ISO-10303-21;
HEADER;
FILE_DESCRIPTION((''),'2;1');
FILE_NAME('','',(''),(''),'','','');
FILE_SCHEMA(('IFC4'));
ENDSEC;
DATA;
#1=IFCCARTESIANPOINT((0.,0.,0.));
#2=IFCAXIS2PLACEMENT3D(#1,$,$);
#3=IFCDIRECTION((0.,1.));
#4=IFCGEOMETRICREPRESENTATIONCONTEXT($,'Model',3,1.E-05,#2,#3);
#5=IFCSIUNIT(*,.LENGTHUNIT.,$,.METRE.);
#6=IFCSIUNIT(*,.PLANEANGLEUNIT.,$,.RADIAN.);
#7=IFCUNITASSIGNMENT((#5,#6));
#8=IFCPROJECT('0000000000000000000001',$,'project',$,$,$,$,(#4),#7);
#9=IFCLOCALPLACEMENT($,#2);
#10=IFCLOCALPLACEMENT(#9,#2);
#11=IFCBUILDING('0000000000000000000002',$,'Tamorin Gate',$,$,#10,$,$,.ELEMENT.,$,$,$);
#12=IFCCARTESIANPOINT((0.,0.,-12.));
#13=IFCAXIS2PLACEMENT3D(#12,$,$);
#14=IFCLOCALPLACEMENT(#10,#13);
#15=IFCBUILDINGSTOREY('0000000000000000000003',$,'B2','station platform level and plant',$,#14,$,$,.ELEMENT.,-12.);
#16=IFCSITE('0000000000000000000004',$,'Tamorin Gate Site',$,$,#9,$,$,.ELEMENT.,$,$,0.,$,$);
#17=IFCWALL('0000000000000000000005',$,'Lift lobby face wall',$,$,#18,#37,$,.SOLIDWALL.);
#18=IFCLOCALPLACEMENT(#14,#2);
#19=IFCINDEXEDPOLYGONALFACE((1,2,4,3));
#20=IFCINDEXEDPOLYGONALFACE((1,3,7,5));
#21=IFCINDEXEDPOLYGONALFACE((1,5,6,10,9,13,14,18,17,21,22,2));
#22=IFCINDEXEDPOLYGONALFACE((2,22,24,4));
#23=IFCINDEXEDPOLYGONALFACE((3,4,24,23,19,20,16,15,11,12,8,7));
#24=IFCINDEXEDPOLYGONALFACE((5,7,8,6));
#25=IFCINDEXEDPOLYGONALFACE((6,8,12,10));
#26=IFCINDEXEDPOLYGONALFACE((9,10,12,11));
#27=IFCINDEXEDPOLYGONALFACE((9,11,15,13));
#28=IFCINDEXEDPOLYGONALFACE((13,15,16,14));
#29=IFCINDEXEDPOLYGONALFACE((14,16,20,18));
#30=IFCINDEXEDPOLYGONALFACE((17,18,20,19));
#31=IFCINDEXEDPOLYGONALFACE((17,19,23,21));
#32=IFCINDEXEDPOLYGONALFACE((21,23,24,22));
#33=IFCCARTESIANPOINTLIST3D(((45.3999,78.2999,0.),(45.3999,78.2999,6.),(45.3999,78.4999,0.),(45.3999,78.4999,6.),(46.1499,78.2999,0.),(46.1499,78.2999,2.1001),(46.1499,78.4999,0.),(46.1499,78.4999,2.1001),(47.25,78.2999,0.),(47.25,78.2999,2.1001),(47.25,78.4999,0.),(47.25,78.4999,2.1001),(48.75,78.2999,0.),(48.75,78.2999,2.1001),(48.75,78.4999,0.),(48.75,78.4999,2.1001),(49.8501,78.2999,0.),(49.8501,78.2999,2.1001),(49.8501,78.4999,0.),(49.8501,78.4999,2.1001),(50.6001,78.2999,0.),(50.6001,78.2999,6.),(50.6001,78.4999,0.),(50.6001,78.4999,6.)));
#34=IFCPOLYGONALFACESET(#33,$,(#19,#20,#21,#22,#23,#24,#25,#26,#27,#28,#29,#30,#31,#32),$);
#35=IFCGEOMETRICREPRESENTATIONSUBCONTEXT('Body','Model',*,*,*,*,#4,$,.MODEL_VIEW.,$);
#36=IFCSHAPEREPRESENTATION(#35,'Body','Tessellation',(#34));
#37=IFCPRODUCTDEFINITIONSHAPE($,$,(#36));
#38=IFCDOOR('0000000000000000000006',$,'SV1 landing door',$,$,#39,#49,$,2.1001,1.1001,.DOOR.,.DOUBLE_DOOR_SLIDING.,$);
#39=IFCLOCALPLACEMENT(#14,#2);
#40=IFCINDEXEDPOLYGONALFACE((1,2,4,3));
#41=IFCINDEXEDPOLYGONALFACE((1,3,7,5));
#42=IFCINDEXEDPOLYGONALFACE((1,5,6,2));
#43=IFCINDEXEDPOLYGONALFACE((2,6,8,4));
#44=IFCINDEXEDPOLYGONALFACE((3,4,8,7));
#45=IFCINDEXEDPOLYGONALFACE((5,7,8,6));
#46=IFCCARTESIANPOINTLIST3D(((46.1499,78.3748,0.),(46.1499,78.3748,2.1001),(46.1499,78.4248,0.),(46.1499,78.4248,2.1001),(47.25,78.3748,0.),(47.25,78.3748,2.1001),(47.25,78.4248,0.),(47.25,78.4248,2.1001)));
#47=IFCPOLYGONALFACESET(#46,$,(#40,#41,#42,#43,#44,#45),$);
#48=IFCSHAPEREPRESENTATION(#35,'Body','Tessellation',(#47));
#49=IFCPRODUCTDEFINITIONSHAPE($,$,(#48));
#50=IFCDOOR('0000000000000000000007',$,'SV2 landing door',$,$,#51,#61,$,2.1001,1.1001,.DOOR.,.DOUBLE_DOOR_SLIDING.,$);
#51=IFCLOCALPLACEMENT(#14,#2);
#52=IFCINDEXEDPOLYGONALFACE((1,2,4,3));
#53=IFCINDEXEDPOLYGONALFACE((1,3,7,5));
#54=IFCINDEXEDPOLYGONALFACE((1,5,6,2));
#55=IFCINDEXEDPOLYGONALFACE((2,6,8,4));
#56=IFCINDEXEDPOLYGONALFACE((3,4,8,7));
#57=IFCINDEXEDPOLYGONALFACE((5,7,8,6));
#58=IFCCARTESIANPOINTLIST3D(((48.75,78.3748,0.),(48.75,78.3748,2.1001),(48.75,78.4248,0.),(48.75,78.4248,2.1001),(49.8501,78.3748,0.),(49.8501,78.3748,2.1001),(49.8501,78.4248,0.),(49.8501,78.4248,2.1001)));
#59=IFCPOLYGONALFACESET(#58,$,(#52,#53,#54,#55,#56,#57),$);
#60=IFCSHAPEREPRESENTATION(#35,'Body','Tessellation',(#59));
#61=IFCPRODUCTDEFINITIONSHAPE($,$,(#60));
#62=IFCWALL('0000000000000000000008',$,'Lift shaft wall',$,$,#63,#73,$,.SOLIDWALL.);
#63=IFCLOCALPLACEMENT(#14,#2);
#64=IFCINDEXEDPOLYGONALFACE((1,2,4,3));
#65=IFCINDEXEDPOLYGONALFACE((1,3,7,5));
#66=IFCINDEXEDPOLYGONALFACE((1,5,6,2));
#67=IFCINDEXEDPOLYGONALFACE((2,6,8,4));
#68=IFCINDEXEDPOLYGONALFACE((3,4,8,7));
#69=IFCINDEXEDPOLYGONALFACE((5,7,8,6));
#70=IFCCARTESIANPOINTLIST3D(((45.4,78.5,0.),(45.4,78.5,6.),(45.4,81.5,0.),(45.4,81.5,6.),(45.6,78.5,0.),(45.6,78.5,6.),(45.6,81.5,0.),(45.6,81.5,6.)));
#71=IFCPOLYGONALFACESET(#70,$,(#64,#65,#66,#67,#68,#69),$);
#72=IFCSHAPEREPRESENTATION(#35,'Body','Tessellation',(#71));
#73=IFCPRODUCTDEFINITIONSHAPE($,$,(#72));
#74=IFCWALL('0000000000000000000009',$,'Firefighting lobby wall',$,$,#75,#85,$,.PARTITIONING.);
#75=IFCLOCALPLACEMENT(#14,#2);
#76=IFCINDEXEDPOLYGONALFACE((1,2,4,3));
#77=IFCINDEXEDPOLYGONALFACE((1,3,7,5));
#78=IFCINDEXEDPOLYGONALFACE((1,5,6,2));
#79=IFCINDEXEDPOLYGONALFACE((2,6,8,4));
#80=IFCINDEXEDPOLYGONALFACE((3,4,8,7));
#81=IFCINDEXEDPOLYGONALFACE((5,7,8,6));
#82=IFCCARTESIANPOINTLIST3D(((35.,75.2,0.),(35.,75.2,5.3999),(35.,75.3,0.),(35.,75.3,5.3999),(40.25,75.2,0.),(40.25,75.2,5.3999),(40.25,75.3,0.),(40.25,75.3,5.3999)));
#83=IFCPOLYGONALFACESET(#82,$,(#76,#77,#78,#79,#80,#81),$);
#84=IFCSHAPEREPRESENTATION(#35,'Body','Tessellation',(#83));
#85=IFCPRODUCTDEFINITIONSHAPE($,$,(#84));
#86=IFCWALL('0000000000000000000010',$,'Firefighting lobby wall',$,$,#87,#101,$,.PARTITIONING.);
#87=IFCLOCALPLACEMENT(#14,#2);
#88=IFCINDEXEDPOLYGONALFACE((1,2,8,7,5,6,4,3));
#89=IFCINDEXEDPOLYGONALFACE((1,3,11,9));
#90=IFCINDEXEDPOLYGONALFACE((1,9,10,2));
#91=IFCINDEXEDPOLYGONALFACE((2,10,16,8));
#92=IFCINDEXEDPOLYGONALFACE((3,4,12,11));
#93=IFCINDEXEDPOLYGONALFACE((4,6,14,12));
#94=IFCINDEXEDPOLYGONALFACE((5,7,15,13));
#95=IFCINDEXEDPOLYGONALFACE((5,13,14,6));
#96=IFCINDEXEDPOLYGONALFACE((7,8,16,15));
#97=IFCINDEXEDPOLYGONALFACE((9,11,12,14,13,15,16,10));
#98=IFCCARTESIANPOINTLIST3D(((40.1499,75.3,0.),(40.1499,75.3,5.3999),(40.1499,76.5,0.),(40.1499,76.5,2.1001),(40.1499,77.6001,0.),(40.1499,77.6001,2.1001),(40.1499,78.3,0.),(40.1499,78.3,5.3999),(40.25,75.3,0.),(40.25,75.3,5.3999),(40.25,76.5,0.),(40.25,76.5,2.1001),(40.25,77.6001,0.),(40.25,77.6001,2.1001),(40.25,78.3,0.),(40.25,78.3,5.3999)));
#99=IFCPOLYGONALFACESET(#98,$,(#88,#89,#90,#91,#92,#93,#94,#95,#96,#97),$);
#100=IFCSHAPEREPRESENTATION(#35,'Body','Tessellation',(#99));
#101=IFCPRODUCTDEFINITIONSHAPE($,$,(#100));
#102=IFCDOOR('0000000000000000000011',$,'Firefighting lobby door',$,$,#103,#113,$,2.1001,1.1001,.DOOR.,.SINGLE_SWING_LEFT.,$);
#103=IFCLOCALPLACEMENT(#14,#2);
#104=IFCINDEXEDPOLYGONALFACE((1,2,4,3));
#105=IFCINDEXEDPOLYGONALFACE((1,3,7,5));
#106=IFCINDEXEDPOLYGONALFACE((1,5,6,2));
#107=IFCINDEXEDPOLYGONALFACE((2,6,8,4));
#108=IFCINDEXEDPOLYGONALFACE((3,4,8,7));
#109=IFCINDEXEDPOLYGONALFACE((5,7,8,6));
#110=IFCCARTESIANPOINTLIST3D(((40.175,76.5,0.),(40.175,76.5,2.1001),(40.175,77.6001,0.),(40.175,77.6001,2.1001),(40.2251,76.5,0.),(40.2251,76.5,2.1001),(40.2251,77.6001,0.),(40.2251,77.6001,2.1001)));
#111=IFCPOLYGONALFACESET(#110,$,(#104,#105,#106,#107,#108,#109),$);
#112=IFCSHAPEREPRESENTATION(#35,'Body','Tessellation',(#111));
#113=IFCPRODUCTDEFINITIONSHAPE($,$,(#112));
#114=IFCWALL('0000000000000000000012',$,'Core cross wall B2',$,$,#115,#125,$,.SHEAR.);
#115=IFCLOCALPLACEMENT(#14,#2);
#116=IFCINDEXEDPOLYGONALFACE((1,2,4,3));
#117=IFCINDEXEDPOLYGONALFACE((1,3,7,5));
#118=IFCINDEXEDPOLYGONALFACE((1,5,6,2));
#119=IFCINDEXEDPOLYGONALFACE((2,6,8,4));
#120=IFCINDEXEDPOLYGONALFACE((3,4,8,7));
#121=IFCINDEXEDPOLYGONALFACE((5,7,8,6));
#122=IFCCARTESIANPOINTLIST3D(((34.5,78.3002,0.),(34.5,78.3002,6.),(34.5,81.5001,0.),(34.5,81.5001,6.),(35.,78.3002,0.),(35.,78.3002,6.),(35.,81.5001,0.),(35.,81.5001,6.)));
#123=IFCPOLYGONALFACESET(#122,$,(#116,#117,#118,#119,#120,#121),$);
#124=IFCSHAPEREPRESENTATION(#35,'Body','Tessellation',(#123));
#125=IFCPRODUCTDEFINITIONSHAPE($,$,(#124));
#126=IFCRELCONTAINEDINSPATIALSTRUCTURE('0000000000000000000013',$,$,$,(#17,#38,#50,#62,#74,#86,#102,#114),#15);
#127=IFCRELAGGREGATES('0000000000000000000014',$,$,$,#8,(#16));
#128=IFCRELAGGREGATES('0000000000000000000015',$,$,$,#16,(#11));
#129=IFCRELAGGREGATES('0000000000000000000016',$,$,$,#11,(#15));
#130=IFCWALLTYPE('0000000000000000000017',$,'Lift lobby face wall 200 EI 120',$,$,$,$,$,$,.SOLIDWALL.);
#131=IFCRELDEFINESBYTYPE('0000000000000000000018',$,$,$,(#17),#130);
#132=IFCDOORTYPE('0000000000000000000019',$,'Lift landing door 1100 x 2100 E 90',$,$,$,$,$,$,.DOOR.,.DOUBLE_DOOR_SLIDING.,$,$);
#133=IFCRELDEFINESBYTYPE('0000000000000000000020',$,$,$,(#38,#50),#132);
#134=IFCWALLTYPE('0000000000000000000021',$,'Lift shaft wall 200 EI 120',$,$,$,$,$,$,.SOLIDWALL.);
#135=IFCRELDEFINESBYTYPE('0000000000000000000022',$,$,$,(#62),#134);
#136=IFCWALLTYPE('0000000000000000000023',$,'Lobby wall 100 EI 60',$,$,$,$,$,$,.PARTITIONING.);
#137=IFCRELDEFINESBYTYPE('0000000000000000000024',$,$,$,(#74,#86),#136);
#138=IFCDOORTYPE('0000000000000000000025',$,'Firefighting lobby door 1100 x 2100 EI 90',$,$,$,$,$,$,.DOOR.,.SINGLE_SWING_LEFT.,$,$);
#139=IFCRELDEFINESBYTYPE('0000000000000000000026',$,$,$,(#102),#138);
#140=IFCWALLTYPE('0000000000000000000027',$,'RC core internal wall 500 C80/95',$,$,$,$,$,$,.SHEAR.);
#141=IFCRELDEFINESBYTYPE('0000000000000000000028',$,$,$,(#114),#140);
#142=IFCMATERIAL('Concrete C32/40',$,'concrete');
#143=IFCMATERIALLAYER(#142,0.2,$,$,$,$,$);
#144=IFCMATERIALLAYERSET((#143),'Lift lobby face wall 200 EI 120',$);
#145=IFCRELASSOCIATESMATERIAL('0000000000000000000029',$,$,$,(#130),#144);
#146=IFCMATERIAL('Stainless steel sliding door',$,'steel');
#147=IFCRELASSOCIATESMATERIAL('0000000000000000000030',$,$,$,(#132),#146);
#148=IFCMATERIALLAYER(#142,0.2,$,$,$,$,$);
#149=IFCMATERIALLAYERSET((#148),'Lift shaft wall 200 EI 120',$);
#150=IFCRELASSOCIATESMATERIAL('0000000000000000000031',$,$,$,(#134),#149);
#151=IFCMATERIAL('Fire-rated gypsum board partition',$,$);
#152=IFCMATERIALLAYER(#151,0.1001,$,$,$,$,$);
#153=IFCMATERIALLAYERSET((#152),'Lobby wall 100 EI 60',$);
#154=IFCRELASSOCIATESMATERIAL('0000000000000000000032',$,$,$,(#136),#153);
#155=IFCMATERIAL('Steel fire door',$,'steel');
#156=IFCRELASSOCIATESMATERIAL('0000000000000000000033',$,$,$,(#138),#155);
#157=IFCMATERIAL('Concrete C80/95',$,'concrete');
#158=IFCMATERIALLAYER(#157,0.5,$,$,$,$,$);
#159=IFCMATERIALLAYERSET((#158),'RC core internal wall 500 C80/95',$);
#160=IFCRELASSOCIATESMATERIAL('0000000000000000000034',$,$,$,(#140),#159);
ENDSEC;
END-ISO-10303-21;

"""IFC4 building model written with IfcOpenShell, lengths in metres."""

from ifc_helpers import new_model, si_unit, direction, frame, frame_2d, origin, place, context, subcontext, project, spatial, rectangle, extrude, material, layer, layer_set, type_object, element, fill, save


model = new_model("IFC4")

# Units and contexts
model_context = context("Model", 3, precision=1e-05, world=origin(), true_north=direction((0.0, 1.0)))
body_context = subcontext(model_context, "Body", "Model", "MODEL_VIEW")
ifc_project = project(units=[si_unit("LENGTHUNIT", "METRE"), si_unit("PLANEANGLEUNIT", "RADIAN")], contexts=[model_context])

# Site, building, storey
site_placement = place(None, origin())
site = spatial("IfcSite", under=ifc_project, at=site_placement, Name="Tamorin Gate Site", CompositionType="ELEMENT", RefElevation=0.0)
building_placement = place(site_placement, origin())
building = spatial("IfcBuilding", under=site, at=building_placement, Name="Tamorin Gate", CompositionType="ELEMENT")
storey_placement = place(building_placement, frame((0.0, 0.0, -12.0)))
storey = spatial("IfcBuildingStorey", under=building, at=storey_placement, Name="B2", Description="station platform level and plant", CompositionType="ELEMENT", Elevation=-12.0)

# Shared definitions
ifc_material_1 = material(Name="Concrete C80/95", Category="concrete")

# Wall, openings, doors
ifc_material_2 = material(Name="Concrete C32/40", Category="concrete")
ifc_layer_1 = layer(ifc_material_2, 0.2)
ifc_layer_set_1 = layer_set([ifc_layer_1], Name="Lift lobby face wall 200 EI 120")
wall_type_1 = type_object("IfcWallType", Name="Lift lobby face wall 200 EI 120", PredefinedType="SOLIDWALL", material=ifc_layer_set_1)
wall_1_placement = place(storey_placement, frame((45.3999, 78.3999, 0.0), z_axis=(0.0, 0.0, 1.0), x_axis=(1.0, 0.0, 0.0)))
wall_1 = element("IfcWall", 1, at=wall_1_placement, inside=storey, type_object=wall_type_1, Name="Lift lobby face wall", PredefinedType="SOLIDWALL", context=body_context, shape_type="SweptSolid", body=[
    extrude(rectangle(XDim=5.2002, YDim=0.2, at=frame_2d((2.6001, 0.0))), origin(), (0.0, 0.0, 1.0), 6.0),
])
opening_1_placement = place(wall_1_placement, frame((0.75, 0.0, 0.0)))
opening_1 = element("IfcOpeningElement", 2, at=opening_1_placement, cuts=wall_1, PredefinedType="OPENING", context=body_context, shape_type="SweptSolid", body=[
    extrude(rectangle(XDim=1.1001, YDim=2.1001, at=frame_2d((0.55, 1.05))), frame((0.0, 0.1099, 0.0), z_axis=(0.0, -1.0, 0.0), x_axis=(1.0, 0.0, 0.0)), (0.0, 0.0, 1.0), 0.22),
])
opening_2_placement = place(wall_1_placement, frame((3.3501, 0.0, 0.0)))
opening_2 = element("IfcOpeningElement", 3, at=opening_2_placement, cuts=wall_1, PredefinedType="OPENING", context=body_context, shape_type="SweptSolid", body=[
    extrude(rectangle(XDim=1.1001, YDim=2.1001, at=frame_2d((0.55, 1.05))), frame((0.0, 0.1099, 0.0), z_axis=(0.0, -1.0, 0.0), x_axis=(1.0, 0.0, 0.0)), (0.0, 0.0, 1.0), 0.22),
])
ifc_material_3 = material(Name="Stainless steel sliding door", Category="steel")
door_type_1 = type_object("IfcDoorType", Name="Lift landing door 1100 x 2100 E 90", OperationType="DOUBLE_DOOR_SLIDING", PredefinedType="DOOR", material=ifc_material_3)
door_1_placement = place(opening_1_placement, origin())
door_1 = element("IfcDoor", 4, at=door_1_placement, inside=storey, type_object=door_type_1, Name="SV1 landing door", OperationType="DOUBLE_DOOR_SLIDING", OverallHeight=2.1001, OverallWidth=1.1001, PredefinedType="DOOR", context=body_context, shape_type="SweptSolid", body=[
    extrude(rectangle(XDim=1.1001, YDim=2.1001, at=frame_2d((0.55, 1.05))), frame((0.0, 0.0249, 0.0), z_axis=(0.0, -1.0, 0.0), x_axis=(1.0, 0.0, 0.0)), (0.0, 0.0, 1.0), 0.05),
])
fill(opening_1, door_1)
door_2_placement = place(opening_2_placement, origin())
door_2 = element("IfcDoor", 5, at=door_2_placement, inside=storey, type_object=door_type_1, Name="SV2 landing door", OperationType="DOUBLE_DOOR_SLIDING", OverallHeight=2.1001, OverallWidth=1.1001, PredefinedType="DOOR", context=body_context, shape_type="SweptSolid", body=[
    extrude(rectangle(XDim=1.1001, YDim=2.1001, at=frame_2d((0.55, 1.05))), frame((0.0, 0.0249, 0.0), z_axis=(0.0, -1.0, 0.0), x_axis=(1.0, 0.0, 0.0)), (0.0, 0.0, 1.0), 0.05),
])
fill(opening_2, door_2)

# Walls
ifc_layer_2 = layer(ifc_material_2, 0.2)
ifc_layer_set_2 = layer_set([ifc_layer_2], Name="Lift shaft wall 200 EI 120")
wall_type_2 = type_object("IfcWallType", Name="Lift shaft wall 200 EI 120", PredefinedType="SOLIDWALL", material=ifc_layer_set_2)
wall_2_placement = place(storey_placement, frame((45.5, 78.5, 0.0), z_axis=(0.0, 0.0, 1.0), x_axis=(0.0, 1.0, 0.0)))
element("IfcWall", 6, at=wall_2_placement, inside=storey, type_object=wall_type_2, Name="Lift shaft wall", PredefinedType="SOLIDWALL", context=body_context, shape_type="SweptSolid", body=[
    extrude(rectangle(XDim=3.0, YDim=0.2, at=frame_2d((1.5, 0.0))), origin(), (0.0, 0.0, 1.0), 6.0),
])
ifc_material_4 = material(Name="Fire-rated gypsum board partition")
ifc_layer_3 = layer(ifc_material_4, 0.1001)
ifc_layer_set_3 = layer_set([ifc_layer_3], Name="Lobby wall 100 EI 60")
wall_type_3 = type_object("IfcWallType", Name="Lobby wall 100 EI 60", PredefinedType="PARTITIONING", material=ifc_layer_set_3)
wall_3_placement = place(storey_placement, frame((35.0, 75.25, 0.0), z_axis=(0.0, 0.0, 1.0), x_axis=(1.0, 0.0, 0.0)))
element("IfcWall", 7, at=wall_3_placement, inside=storey, type_object=wall_type_3, Name="Firefighting lobby wall", PredefinedType="PARTITIONING", context=body_context, shape_type="SweptSolid", body=[
    extrude(rectangle(XDim=5.25, YDim=0.1001, at=frame_2d((2.625, 0.0))), origin(), (0.0, 0.0, 1.0), 5.3999),
])

# Wall, opening, door
wall_4_placement = place(storey_placement, frame((40.2, 75.3, 0.0), z_axis=(0.0, 0.0, 1.0), x_axis=(0.0, 1.0, 0.0)))
wall_4 = element("IfcWall", 8, at=wall_4_placement, inside=storey, type_object=wall_type_3, Name="Firefighting lobby wall", PredefinedType="PARTITIONING", context=body_context, shape_type="SweptSolid", body=[
    extrude(rectangle(XDim=3.0, YDim=0.1001, at=frame_2d((1.5, 0.0))), origin(), (0.0, 0.0, 1.0), 5.3999),
])
opening_3_placement = place(wall_4_placement, frame((1.2, 0.0, 0.0)))
opening_3 = element("IfcOpeningElement", 9, at=opening_3_placement, cuts=wall_4, PredefinedType="OPENING", context=body_context, shape_type="SweptSolid", body=[
    extrude(rectangle(XDim=1.1001, YDim=2.1001, at=frame_2d((0.55, 1.05))), frame((0.0, 0.0601, 0.0), z_axis=(0.0, -1.0, 0.0), x_axis=(1.0, 0.0, 0.0)), (0.0, 0.0, 1.0), 0.1201),
])
ifc_material_5 = material(Name="Steel fire door", Category="steel")
door_type_2 = type_object("IfcDoorType", Name="Firefighting lobby door 1100 x 2100 EI 90", OperationType="SINGLE_SWING_LEFT", PredefinedType="DOOR", material=ifc_material_5)
door_3_placement = place(opening_3_placement, origin())
door_3 = element("IfcDoor", 10, at=door_3_placement, inside=storey, type_object=door_type_2, Name="Firefighting lobby door", OperationType="SINGLE_SWING_LEFT", OverallHeight=2.1001, OverallWidth=1.1001, PredefinedType="DOOR", context=body_context, shape_type="SweptSolid", body=[
    extrude(rectangle(XDim=1.1001, YDim=2.1001, at=frame_2d((0.55, 1.05))), frame((0.0, 0.0249, 0.0), z_axis=(0.0, -1.0, 0.0), x_axis=(1.0, 0.0, 0.0)), (0.0, 0.0, 1.0), 0.05),
])
fill(opening_3, door_3)

# Wall
ifc_layer_4 = layer(ifc_material_1, 0.5)
ifc_layer_set_4 = layer_set([ifc_layer_4], Name="RC core internal wall 500 C80/95")
wall_type_4 = type_object("IfcWallType", Name="RC core internal wall 500 C80/95", PredefinedType="SHEAR", material=ifc_layer_set_4)
wall_5_placement = place(storey_placement, frame((34.75, 78.3, 0.0), z_axis=(0.0, 0.0, 1.0), x_axis=(0.0, 1.0, 0.0)))
element("IfcWall", 11, at=wall_5_placement, inside=storey, type_object=wall_type_4, Name="Core cross wall B2", PredefinedType="SHEAR", context=body_context, shape_type="SweptSolid", body=[
    extrude(rectangle(XDim=3.2, YDim=0.5, at=frame_2d((1.6001, 0.0))), origin(), (0.0, 0.0, 1.0), 6.0),
])

save(model, "model.ifc")
